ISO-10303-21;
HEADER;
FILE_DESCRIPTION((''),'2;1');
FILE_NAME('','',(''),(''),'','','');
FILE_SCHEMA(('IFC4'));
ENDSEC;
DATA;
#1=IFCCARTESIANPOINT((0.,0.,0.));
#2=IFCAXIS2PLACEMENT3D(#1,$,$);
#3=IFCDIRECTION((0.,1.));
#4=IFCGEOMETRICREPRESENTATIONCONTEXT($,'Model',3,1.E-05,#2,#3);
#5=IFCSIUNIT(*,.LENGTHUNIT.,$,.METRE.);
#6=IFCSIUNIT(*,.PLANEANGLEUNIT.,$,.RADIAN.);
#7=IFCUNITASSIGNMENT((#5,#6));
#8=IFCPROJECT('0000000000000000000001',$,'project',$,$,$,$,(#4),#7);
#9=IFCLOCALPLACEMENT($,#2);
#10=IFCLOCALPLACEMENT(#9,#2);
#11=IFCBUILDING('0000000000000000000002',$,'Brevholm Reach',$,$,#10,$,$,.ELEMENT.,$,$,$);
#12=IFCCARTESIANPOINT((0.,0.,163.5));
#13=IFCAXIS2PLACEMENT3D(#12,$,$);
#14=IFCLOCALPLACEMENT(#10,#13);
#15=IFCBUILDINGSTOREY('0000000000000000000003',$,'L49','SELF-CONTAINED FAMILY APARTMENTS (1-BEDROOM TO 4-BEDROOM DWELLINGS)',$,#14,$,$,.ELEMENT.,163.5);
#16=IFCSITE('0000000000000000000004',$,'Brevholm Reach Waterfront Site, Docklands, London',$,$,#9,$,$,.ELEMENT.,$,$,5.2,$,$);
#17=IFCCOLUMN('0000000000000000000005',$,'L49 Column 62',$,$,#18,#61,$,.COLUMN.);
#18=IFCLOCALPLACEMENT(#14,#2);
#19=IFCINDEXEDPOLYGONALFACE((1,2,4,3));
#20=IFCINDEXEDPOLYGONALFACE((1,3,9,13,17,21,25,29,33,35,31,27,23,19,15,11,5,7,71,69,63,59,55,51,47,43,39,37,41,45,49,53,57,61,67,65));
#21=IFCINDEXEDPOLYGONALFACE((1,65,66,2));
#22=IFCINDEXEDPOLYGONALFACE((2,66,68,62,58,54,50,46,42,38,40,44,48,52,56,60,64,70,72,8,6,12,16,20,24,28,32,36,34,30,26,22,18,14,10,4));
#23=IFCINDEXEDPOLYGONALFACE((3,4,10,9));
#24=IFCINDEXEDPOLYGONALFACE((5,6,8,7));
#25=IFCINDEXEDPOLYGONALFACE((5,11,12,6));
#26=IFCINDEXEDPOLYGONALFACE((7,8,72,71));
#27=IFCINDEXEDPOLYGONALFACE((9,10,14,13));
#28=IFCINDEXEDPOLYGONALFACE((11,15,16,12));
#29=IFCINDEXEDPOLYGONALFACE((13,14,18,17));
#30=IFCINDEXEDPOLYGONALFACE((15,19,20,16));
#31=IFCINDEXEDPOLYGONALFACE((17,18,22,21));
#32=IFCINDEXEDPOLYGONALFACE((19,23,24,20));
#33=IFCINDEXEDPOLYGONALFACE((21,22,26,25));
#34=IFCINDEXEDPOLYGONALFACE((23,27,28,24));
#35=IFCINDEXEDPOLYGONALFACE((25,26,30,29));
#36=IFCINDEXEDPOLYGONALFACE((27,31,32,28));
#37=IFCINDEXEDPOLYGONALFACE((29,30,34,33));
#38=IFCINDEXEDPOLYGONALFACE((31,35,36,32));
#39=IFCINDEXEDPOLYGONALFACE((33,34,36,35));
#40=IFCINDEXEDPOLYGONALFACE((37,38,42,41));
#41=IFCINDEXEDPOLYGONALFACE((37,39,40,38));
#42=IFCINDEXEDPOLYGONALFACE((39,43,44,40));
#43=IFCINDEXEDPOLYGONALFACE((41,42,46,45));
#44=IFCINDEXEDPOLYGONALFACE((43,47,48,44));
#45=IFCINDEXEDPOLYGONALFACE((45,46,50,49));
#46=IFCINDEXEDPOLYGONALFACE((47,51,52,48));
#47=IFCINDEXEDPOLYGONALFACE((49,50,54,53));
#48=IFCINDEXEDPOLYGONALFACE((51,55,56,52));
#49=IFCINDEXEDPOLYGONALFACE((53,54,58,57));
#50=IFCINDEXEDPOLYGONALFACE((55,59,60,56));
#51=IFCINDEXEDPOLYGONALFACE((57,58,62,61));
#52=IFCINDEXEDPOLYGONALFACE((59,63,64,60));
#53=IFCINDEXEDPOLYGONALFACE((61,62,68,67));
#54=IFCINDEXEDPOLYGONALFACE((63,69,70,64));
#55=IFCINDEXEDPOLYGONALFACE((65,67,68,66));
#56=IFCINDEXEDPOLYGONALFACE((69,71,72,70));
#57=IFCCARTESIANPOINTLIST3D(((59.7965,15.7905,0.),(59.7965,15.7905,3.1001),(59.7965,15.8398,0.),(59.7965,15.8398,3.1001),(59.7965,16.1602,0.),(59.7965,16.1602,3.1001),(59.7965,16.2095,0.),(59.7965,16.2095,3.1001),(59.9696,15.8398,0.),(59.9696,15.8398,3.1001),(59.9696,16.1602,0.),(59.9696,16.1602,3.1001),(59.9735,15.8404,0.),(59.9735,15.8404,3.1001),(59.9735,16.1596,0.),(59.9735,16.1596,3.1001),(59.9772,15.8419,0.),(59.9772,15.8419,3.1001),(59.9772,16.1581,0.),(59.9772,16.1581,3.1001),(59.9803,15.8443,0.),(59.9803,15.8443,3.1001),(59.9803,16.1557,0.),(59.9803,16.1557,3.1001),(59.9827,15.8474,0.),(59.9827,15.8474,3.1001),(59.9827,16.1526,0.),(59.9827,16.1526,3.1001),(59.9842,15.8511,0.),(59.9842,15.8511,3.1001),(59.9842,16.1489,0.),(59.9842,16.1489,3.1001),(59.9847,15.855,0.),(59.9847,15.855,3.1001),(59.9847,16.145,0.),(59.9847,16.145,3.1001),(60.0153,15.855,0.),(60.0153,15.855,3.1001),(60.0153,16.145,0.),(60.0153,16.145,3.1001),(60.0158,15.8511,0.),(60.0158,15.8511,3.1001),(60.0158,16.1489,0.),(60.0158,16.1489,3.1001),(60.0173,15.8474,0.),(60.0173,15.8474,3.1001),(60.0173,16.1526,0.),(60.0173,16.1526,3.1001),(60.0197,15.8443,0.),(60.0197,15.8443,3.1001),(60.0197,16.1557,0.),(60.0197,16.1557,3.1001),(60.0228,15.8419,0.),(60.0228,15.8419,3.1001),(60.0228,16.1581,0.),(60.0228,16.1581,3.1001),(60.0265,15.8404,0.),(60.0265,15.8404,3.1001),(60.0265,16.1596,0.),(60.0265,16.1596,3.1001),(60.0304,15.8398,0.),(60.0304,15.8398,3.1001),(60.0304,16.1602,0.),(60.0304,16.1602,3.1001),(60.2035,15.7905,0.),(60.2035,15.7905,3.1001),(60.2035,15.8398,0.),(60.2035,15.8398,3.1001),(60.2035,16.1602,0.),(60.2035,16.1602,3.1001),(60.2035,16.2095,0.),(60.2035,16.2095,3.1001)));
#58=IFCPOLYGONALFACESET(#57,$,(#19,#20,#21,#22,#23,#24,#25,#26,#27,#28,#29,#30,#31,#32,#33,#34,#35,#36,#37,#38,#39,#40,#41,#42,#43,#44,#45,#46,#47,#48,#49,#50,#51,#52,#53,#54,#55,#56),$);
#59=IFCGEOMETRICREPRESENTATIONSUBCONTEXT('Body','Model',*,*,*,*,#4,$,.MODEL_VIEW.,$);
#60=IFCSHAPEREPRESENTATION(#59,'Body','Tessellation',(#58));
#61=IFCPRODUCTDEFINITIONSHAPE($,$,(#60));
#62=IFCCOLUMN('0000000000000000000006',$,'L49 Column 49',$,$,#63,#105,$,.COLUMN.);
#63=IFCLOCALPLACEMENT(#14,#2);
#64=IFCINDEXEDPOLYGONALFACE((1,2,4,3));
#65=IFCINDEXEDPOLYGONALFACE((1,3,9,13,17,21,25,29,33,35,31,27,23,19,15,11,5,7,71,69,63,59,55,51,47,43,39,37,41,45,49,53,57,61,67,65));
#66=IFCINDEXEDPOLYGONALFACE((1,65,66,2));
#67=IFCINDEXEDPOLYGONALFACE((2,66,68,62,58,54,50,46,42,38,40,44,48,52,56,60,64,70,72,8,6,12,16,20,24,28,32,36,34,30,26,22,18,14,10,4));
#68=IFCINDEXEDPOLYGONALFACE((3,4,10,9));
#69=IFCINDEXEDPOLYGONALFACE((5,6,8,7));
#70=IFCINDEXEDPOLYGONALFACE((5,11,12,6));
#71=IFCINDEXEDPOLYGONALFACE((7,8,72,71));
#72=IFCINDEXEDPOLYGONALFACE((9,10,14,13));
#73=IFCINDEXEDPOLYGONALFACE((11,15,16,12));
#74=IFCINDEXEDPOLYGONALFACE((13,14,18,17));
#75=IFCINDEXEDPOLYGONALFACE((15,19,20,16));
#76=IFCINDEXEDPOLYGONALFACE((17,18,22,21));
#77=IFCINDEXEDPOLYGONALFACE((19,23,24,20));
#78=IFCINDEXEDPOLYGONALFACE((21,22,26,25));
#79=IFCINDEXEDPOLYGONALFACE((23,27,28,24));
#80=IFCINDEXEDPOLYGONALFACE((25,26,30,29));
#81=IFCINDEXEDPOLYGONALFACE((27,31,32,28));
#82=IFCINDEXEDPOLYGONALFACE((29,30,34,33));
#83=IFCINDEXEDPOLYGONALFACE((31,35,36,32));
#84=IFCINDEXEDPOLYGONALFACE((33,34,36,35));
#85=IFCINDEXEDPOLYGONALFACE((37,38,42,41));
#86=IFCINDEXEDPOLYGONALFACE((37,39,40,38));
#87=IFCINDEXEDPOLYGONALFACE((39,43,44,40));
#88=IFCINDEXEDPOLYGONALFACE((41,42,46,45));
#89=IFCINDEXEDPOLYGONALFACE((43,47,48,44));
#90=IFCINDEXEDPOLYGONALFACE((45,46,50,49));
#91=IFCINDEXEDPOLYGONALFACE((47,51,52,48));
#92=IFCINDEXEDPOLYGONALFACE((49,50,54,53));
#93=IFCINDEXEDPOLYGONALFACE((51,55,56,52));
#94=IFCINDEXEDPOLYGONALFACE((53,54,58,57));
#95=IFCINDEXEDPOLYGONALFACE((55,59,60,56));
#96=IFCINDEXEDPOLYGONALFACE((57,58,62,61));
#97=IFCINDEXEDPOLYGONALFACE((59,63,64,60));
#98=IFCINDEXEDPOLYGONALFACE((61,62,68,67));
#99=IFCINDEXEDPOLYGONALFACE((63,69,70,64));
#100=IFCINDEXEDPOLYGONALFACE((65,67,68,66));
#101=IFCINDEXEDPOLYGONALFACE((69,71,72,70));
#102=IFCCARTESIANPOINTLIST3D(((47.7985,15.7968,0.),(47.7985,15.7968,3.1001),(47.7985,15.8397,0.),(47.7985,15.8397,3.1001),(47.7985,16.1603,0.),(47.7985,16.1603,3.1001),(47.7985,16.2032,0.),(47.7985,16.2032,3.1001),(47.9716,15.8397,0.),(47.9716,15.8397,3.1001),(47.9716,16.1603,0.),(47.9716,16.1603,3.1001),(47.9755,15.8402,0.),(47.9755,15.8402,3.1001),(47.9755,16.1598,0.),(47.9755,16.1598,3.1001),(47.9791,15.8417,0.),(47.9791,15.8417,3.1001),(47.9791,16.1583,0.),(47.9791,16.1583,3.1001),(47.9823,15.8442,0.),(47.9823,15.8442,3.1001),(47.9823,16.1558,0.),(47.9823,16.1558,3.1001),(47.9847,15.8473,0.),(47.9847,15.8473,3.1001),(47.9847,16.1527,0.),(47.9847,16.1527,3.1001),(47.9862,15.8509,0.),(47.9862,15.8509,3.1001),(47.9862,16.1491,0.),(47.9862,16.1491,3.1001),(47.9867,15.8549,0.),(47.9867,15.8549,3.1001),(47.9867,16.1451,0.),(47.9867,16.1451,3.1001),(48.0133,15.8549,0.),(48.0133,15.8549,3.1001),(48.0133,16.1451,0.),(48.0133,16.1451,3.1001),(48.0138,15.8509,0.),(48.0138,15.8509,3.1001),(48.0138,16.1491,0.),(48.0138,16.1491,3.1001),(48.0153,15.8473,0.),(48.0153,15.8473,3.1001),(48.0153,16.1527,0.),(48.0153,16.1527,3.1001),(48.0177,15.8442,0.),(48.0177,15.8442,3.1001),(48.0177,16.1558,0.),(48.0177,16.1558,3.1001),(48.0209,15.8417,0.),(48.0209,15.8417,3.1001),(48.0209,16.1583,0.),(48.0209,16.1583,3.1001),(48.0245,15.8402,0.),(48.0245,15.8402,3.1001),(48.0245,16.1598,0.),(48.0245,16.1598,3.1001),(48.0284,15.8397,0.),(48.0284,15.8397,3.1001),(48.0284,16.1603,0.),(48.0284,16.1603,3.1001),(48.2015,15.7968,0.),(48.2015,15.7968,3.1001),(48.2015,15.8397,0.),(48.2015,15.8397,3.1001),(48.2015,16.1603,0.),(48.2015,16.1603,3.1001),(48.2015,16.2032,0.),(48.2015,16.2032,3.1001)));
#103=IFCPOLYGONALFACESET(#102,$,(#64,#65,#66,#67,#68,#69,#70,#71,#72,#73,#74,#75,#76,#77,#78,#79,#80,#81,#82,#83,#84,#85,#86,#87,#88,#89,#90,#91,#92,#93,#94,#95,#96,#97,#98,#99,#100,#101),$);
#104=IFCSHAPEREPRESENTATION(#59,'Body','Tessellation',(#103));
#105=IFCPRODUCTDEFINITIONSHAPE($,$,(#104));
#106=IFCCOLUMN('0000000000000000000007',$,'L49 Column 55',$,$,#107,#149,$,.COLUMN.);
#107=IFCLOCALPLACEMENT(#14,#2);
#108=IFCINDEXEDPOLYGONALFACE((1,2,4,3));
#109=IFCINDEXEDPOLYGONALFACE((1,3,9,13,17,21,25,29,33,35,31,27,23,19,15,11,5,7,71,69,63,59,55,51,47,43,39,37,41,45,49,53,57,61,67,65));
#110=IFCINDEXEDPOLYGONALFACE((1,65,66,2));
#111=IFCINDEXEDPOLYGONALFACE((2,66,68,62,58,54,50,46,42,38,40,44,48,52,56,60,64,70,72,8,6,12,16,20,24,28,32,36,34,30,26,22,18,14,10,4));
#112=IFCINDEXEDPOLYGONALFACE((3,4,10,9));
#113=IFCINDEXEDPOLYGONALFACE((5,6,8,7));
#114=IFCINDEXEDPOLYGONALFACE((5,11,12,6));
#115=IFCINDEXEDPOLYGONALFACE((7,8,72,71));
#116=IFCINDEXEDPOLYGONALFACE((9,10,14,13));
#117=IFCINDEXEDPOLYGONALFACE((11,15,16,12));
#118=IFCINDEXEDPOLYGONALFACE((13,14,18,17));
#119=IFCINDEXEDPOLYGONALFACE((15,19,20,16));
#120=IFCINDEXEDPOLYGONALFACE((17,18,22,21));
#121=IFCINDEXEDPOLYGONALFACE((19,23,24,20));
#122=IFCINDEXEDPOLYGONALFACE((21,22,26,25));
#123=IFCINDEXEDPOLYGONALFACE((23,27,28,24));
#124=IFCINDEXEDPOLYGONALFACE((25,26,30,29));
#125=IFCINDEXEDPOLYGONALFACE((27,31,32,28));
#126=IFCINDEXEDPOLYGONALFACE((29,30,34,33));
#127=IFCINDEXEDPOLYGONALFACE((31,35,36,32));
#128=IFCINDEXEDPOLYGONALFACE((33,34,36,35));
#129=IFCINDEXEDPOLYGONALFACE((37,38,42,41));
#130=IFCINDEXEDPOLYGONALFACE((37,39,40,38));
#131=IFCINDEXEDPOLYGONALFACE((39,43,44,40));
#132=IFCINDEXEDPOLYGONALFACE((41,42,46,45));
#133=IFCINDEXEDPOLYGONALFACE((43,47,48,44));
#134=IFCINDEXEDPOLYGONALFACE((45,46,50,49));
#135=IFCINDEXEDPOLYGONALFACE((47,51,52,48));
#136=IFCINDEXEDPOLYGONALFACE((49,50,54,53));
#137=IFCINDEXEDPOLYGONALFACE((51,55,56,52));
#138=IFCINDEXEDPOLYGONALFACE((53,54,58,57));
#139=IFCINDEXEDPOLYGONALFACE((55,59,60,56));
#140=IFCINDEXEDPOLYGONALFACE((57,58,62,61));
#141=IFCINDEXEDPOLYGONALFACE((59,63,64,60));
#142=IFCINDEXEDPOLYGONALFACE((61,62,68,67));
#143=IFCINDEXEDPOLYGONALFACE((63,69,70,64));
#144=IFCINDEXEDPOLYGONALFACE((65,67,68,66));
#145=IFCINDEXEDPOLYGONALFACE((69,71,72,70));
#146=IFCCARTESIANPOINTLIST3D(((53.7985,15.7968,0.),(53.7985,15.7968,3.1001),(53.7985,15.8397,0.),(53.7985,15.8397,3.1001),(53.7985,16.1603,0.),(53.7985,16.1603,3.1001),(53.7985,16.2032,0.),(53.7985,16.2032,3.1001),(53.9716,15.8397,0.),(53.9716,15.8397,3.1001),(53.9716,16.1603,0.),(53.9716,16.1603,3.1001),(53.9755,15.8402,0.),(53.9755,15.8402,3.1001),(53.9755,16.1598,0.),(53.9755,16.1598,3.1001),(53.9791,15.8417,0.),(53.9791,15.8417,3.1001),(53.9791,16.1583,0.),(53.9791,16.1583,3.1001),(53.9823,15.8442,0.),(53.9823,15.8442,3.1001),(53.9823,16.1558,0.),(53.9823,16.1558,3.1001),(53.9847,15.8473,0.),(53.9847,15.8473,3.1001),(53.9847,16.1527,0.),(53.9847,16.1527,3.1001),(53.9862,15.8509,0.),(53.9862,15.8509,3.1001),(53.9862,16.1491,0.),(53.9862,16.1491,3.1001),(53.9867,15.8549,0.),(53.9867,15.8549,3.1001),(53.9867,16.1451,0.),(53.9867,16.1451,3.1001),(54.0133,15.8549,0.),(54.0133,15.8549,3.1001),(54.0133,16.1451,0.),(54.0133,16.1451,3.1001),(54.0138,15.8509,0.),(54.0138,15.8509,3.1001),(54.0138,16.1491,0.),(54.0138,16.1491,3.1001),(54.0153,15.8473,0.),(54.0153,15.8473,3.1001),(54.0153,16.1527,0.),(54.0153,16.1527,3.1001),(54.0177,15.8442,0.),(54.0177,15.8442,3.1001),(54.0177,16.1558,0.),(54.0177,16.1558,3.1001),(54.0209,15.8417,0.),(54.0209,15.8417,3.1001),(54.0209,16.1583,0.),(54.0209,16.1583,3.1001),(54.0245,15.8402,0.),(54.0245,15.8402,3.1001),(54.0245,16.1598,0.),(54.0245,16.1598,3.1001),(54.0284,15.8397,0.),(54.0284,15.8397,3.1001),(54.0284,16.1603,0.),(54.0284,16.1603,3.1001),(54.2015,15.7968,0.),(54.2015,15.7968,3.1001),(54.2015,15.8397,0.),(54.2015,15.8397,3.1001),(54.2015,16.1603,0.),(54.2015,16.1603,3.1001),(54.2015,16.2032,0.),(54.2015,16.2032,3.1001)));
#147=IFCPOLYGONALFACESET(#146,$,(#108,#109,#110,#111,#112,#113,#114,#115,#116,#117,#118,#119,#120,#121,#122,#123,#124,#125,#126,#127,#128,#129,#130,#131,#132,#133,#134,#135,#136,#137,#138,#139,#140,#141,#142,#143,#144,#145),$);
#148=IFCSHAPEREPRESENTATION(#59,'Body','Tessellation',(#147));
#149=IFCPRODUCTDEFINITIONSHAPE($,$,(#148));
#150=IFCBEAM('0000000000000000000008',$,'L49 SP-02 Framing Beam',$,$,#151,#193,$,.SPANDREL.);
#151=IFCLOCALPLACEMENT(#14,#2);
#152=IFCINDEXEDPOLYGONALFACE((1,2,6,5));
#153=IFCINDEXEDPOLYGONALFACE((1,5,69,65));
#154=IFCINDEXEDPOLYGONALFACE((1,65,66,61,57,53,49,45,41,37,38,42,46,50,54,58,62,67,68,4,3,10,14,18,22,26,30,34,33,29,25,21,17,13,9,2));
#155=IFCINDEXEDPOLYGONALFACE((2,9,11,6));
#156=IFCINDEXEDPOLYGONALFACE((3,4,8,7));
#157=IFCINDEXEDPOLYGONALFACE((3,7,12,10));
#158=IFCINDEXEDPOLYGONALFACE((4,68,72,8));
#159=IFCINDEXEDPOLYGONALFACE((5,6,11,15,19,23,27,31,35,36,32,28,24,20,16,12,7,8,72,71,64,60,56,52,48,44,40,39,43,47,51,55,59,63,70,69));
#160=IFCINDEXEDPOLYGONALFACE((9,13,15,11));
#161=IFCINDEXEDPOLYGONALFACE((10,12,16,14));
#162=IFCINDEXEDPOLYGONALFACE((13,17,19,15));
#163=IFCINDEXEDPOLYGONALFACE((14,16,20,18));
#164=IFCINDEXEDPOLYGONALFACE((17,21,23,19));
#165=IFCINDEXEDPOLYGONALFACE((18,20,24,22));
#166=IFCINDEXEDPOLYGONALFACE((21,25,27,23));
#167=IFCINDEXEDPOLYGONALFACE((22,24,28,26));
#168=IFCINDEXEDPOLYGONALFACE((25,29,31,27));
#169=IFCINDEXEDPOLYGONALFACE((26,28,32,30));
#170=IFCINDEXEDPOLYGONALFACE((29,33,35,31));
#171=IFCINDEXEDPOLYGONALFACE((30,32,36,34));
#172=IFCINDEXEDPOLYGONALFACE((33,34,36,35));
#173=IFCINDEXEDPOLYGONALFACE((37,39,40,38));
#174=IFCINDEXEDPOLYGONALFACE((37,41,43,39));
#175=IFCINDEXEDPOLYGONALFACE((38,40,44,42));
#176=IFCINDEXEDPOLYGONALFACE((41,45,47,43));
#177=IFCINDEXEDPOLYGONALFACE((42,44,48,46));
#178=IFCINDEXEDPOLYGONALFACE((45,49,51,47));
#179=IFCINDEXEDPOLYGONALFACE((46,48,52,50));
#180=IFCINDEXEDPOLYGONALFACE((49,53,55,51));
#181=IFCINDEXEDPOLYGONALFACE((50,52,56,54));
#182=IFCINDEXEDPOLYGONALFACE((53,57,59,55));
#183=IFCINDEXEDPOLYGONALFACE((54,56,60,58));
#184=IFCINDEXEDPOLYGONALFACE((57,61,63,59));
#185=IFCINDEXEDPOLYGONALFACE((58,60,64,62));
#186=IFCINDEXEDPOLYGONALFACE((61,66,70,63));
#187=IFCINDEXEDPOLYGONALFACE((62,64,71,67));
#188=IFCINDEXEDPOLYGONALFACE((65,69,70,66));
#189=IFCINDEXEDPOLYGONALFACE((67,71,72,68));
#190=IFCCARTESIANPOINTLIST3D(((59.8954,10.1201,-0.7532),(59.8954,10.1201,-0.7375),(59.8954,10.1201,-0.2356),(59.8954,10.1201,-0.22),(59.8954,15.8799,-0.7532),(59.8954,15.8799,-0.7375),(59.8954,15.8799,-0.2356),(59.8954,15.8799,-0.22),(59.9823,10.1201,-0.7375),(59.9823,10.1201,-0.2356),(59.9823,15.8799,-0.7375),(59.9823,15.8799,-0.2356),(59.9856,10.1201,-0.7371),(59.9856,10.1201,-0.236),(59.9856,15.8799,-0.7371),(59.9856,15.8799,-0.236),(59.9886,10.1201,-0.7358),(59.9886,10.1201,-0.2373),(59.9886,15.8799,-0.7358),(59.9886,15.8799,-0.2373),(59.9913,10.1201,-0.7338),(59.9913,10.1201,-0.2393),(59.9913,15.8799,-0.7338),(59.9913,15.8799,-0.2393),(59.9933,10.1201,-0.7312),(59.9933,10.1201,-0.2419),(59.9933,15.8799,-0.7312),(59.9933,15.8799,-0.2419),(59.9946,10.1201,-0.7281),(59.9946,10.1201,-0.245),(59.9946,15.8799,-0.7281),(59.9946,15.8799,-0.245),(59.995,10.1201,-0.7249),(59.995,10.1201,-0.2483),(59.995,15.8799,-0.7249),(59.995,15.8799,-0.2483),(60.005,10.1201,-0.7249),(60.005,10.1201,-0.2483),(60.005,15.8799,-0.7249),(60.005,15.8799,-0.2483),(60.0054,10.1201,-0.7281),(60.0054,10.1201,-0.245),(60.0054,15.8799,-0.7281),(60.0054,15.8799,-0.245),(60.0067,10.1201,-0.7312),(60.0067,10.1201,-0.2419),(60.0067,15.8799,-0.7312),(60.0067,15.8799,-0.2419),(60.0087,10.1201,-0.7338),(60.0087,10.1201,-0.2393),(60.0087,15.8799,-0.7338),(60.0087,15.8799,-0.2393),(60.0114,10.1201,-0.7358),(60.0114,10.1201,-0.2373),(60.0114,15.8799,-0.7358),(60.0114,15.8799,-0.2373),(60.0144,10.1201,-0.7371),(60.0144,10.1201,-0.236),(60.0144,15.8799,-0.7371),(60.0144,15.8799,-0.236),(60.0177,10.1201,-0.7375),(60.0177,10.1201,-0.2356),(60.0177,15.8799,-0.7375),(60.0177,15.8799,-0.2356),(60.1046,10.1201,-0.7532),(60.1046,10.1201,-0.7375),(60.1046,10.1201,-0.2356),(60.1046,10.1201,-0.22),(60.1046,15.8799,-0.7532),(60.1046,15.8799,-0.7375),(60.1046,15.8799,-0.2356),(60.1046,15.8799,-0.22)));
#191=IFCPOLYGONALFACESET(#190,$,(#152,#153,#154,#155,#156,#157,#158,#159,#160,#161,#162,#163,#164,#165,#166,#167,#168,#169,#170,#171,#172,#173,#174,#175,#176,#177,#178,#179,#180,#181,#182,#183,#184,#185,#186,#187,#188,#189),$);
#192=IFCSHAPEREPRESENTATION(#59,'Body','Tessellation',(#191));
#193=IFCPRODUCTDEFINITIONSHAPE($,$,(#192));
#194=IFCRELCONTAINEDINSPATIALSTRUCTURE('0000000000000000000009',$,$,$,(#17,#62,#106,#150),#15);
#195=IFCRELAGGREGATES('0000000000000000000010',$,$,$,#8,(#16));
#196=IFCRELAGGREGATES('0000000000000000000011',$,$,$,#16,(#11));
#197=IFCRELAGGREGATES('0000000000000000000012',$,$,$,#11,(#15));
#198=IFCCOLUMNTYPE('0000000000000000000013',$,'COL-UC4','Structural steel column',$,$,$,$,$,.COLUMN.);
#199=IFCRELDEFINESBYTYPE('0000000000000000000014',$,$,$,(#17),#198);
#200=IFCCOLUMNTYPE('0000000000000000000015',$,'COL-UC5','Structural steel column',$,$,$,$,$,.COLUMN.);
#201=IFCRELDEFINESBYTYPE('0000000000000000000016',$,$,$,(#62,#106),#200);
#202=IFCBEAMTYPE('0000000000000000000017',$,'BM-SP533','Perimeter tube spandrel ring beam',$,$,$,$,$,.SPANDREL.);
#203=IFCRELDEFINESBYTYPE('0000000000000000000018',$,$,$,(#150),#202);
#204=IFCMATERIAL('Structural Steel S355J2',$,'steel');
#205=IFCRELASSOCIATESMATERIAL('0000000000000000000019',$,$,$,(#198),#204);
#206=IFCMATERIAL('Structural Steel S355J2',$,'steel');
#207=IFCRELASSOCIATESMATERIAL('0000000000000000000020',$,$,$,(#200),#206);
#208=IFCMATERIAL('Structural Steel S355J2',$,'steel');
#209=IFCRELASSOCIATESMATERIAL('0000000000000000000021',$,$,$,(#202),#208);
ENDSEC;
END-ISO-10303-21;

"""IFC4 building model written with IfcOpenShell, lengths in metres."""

from ifc_helpers import new_model, si_unit, direction, frame, origin, origin_2d, place, context, subcontext, project, spatial, i_section, extrude, material, material_profile, profile_set, type_object, element, save


model = new_model("IFC4")

# Units and contexts
model_context = context("Model", 3, precision=1e-05, world=origin(), true_north=direction((0.0, 1.0)))
body_context = subcontext(model_context, "Body", "Model", "MODEL_VIEW")
ifc_project = project(units=[si_unit("LENGTHUNIT", "METRE"), si_unit("PLANEANGLEUNIT", "RADIAN")], contexts=[model_context])

# Site, building, storey
site_placement = place(None, origin())
site = spatial("IfcSite", under=ifc_project, at=site_placement, Name="Brevholm Reach Waterfront Site, Docklands, London", CompositionType="ELEMENT", RefElevation=5.2)
building_placement = place(site_placement, origin())
building = spatial("IfcBuilding", under=site, at=building_placement, Name="Brevholm Reach", CompositionType="ELEMENT")
storey_placement = place(building_placement, frame((0.0, 0.0, 163.5)))
storey = spatial("IfcBuildingStorey", under=building, at=storey_placement, Name="L49", Description="SELF-CONTAINED FAMILY APARTMENTS (1-BEDROOM TO 4-BEDROOM DWELLINGS)", CompositionType="ELEMENT", Elevation=163.5)

# Columns
ifc_material_1 = material(Name="Structural Steel S355J2", Category="steel")
ifc_material_profile_1 = material_profile(ifc_material_1, i_section(OverallWidth=0.407, OverallDepth=0.4189, WebThickness=0.0305, FlangeThickness=0.0493, FilletRadius=0.0151, at=origin_2d()), Name="UKC 356x406x393")
ifc_profile_set_1 = profile_set([ifc_material_profile_1], Name="Structural Steel S355J2")
column_type_1 = type_object("IfcColumnType", Name="COL-UC4", Description="Structural steel column", PredefinedType="COLUMN", material=ifc_profile_set_1)
column_placement = place(storey_placement, frame((60.0, 16.0, 0.0), z_axis=(0.0, 0.0, 1.0), x_axis=(1.0, 0.0, 0.0)))
element("IfcColumn", 1, at=column_placement, inside=storey, type_object=column_type_1, Name="L49 Column 62", PredefinedType="COLUMN", context=body_context, shape_type="SweptSolid", body=[
    extrude(i_section(OverallWidth=0.407, OverallDepth=0.4189, WebThickness=0.0305, FlangeThickness=0.0493, FilletRadius=0.0151, at=origin_2d()), origin(), (0.0, 0.0, 1.0), 3.1001),
])
ifc_material_2 = material(Name="Structural Steel S355J2", Category="steel")
ifc_material_profile_2 = material_profile(ifc_material_2, i_section(OverallWidth=0.4031, OverallDepth=0.4065, WebThickness=0.0266, FlangeThickness=0.043, FilletRadius=0.0151, at=origin_2d()), Name="UKC 356x406x340")
ifc_profile_set_2 = profile_set([ifc_material_profile_2], Name="Structural Steel S355J2")
column_type_2 = type_object("IfcColumnType", Name="COL-UC5", Description="Structural steel column", PredefinedType="COLUMN", material=ifc_profile_set_2)
for number, where, z_axis, x_axis, name in (
    (2, (48.0, 16.0, 0.0), (0.0, 0.0, 1.0), (1.0, 0.0, 0.0), "L49 Column 49"),
    (3, (54.0, 16.0, 0.0), (0.0, 0.0, 1.0), (1.0, 0.0, 0.0), "L49 Column 55"),
):
    element("IfcColumn", number, at=place(storey_placement, frame(where, z_axis=z_axis, x_axis=x_axis)), inside=storey, type_object=column_type_2, Name=name, PredefinedType="COLUMN", context=body_context, shape_type="SweptSolid", body=[
        extrude(i_section(OverallWidth=0.4031, OverallDepth=0.4065, WebThickness=0.0266, FlangeThickness=0.043, FilletRadius=0.0151, at=origin_2d()), origin(), (0.0, 0.0, 1.0), 3.1001),
    ])

# Beam
ifc_material_3 = material(Name="Structural Steel S355J2", Category="steel")
ifc_material_profile_3 = material_profile(ifc_material_3, i_section(OverallWidth=0.2092, OverallDepth=0.5332, WebThickness=0.01, FlangeThickness=0.0156, FilletRadius=0.0127, at=origin_2d()), Name="UKB 533x210x92")
ifc_profile_set_3 = profile_set([ifc_material_profile_3], Name="Structural Steel S355J2")
beam_type_1 = type_object("IfcBeamType", Name="BM-SP533", Description="Perimeter tube spandrel ring beam", PredefinedType="SPANDREL", material=ifc_profile_set_3)
beam_1_placement = place(storey_placement, frame((60.0, 10.1201, -0.4866), z_axis=(0.0, 1.0, 0.0), x_axis=(-1.0, 0.0, 0.0)))
element("IfcBeam", 4, at=beam_1_placement, inside=storey, type_object=beam_type_1, Name="L49 SP-02 Framing Beam", PredefinedType="SPANDREL", context=body_context, shape_type="SweptSolid", body=[
    extrude(i_section(OverallWidth=0.2092, OverallDepth=0.5332, WebThickness=0.01, FlangeThickness=0.0156, FilletRadius=0.0127, at=origin_2d()), origin(), (0.0, 0.0, 1.0), 5.7598),
])

save(model, "model.ifc")
